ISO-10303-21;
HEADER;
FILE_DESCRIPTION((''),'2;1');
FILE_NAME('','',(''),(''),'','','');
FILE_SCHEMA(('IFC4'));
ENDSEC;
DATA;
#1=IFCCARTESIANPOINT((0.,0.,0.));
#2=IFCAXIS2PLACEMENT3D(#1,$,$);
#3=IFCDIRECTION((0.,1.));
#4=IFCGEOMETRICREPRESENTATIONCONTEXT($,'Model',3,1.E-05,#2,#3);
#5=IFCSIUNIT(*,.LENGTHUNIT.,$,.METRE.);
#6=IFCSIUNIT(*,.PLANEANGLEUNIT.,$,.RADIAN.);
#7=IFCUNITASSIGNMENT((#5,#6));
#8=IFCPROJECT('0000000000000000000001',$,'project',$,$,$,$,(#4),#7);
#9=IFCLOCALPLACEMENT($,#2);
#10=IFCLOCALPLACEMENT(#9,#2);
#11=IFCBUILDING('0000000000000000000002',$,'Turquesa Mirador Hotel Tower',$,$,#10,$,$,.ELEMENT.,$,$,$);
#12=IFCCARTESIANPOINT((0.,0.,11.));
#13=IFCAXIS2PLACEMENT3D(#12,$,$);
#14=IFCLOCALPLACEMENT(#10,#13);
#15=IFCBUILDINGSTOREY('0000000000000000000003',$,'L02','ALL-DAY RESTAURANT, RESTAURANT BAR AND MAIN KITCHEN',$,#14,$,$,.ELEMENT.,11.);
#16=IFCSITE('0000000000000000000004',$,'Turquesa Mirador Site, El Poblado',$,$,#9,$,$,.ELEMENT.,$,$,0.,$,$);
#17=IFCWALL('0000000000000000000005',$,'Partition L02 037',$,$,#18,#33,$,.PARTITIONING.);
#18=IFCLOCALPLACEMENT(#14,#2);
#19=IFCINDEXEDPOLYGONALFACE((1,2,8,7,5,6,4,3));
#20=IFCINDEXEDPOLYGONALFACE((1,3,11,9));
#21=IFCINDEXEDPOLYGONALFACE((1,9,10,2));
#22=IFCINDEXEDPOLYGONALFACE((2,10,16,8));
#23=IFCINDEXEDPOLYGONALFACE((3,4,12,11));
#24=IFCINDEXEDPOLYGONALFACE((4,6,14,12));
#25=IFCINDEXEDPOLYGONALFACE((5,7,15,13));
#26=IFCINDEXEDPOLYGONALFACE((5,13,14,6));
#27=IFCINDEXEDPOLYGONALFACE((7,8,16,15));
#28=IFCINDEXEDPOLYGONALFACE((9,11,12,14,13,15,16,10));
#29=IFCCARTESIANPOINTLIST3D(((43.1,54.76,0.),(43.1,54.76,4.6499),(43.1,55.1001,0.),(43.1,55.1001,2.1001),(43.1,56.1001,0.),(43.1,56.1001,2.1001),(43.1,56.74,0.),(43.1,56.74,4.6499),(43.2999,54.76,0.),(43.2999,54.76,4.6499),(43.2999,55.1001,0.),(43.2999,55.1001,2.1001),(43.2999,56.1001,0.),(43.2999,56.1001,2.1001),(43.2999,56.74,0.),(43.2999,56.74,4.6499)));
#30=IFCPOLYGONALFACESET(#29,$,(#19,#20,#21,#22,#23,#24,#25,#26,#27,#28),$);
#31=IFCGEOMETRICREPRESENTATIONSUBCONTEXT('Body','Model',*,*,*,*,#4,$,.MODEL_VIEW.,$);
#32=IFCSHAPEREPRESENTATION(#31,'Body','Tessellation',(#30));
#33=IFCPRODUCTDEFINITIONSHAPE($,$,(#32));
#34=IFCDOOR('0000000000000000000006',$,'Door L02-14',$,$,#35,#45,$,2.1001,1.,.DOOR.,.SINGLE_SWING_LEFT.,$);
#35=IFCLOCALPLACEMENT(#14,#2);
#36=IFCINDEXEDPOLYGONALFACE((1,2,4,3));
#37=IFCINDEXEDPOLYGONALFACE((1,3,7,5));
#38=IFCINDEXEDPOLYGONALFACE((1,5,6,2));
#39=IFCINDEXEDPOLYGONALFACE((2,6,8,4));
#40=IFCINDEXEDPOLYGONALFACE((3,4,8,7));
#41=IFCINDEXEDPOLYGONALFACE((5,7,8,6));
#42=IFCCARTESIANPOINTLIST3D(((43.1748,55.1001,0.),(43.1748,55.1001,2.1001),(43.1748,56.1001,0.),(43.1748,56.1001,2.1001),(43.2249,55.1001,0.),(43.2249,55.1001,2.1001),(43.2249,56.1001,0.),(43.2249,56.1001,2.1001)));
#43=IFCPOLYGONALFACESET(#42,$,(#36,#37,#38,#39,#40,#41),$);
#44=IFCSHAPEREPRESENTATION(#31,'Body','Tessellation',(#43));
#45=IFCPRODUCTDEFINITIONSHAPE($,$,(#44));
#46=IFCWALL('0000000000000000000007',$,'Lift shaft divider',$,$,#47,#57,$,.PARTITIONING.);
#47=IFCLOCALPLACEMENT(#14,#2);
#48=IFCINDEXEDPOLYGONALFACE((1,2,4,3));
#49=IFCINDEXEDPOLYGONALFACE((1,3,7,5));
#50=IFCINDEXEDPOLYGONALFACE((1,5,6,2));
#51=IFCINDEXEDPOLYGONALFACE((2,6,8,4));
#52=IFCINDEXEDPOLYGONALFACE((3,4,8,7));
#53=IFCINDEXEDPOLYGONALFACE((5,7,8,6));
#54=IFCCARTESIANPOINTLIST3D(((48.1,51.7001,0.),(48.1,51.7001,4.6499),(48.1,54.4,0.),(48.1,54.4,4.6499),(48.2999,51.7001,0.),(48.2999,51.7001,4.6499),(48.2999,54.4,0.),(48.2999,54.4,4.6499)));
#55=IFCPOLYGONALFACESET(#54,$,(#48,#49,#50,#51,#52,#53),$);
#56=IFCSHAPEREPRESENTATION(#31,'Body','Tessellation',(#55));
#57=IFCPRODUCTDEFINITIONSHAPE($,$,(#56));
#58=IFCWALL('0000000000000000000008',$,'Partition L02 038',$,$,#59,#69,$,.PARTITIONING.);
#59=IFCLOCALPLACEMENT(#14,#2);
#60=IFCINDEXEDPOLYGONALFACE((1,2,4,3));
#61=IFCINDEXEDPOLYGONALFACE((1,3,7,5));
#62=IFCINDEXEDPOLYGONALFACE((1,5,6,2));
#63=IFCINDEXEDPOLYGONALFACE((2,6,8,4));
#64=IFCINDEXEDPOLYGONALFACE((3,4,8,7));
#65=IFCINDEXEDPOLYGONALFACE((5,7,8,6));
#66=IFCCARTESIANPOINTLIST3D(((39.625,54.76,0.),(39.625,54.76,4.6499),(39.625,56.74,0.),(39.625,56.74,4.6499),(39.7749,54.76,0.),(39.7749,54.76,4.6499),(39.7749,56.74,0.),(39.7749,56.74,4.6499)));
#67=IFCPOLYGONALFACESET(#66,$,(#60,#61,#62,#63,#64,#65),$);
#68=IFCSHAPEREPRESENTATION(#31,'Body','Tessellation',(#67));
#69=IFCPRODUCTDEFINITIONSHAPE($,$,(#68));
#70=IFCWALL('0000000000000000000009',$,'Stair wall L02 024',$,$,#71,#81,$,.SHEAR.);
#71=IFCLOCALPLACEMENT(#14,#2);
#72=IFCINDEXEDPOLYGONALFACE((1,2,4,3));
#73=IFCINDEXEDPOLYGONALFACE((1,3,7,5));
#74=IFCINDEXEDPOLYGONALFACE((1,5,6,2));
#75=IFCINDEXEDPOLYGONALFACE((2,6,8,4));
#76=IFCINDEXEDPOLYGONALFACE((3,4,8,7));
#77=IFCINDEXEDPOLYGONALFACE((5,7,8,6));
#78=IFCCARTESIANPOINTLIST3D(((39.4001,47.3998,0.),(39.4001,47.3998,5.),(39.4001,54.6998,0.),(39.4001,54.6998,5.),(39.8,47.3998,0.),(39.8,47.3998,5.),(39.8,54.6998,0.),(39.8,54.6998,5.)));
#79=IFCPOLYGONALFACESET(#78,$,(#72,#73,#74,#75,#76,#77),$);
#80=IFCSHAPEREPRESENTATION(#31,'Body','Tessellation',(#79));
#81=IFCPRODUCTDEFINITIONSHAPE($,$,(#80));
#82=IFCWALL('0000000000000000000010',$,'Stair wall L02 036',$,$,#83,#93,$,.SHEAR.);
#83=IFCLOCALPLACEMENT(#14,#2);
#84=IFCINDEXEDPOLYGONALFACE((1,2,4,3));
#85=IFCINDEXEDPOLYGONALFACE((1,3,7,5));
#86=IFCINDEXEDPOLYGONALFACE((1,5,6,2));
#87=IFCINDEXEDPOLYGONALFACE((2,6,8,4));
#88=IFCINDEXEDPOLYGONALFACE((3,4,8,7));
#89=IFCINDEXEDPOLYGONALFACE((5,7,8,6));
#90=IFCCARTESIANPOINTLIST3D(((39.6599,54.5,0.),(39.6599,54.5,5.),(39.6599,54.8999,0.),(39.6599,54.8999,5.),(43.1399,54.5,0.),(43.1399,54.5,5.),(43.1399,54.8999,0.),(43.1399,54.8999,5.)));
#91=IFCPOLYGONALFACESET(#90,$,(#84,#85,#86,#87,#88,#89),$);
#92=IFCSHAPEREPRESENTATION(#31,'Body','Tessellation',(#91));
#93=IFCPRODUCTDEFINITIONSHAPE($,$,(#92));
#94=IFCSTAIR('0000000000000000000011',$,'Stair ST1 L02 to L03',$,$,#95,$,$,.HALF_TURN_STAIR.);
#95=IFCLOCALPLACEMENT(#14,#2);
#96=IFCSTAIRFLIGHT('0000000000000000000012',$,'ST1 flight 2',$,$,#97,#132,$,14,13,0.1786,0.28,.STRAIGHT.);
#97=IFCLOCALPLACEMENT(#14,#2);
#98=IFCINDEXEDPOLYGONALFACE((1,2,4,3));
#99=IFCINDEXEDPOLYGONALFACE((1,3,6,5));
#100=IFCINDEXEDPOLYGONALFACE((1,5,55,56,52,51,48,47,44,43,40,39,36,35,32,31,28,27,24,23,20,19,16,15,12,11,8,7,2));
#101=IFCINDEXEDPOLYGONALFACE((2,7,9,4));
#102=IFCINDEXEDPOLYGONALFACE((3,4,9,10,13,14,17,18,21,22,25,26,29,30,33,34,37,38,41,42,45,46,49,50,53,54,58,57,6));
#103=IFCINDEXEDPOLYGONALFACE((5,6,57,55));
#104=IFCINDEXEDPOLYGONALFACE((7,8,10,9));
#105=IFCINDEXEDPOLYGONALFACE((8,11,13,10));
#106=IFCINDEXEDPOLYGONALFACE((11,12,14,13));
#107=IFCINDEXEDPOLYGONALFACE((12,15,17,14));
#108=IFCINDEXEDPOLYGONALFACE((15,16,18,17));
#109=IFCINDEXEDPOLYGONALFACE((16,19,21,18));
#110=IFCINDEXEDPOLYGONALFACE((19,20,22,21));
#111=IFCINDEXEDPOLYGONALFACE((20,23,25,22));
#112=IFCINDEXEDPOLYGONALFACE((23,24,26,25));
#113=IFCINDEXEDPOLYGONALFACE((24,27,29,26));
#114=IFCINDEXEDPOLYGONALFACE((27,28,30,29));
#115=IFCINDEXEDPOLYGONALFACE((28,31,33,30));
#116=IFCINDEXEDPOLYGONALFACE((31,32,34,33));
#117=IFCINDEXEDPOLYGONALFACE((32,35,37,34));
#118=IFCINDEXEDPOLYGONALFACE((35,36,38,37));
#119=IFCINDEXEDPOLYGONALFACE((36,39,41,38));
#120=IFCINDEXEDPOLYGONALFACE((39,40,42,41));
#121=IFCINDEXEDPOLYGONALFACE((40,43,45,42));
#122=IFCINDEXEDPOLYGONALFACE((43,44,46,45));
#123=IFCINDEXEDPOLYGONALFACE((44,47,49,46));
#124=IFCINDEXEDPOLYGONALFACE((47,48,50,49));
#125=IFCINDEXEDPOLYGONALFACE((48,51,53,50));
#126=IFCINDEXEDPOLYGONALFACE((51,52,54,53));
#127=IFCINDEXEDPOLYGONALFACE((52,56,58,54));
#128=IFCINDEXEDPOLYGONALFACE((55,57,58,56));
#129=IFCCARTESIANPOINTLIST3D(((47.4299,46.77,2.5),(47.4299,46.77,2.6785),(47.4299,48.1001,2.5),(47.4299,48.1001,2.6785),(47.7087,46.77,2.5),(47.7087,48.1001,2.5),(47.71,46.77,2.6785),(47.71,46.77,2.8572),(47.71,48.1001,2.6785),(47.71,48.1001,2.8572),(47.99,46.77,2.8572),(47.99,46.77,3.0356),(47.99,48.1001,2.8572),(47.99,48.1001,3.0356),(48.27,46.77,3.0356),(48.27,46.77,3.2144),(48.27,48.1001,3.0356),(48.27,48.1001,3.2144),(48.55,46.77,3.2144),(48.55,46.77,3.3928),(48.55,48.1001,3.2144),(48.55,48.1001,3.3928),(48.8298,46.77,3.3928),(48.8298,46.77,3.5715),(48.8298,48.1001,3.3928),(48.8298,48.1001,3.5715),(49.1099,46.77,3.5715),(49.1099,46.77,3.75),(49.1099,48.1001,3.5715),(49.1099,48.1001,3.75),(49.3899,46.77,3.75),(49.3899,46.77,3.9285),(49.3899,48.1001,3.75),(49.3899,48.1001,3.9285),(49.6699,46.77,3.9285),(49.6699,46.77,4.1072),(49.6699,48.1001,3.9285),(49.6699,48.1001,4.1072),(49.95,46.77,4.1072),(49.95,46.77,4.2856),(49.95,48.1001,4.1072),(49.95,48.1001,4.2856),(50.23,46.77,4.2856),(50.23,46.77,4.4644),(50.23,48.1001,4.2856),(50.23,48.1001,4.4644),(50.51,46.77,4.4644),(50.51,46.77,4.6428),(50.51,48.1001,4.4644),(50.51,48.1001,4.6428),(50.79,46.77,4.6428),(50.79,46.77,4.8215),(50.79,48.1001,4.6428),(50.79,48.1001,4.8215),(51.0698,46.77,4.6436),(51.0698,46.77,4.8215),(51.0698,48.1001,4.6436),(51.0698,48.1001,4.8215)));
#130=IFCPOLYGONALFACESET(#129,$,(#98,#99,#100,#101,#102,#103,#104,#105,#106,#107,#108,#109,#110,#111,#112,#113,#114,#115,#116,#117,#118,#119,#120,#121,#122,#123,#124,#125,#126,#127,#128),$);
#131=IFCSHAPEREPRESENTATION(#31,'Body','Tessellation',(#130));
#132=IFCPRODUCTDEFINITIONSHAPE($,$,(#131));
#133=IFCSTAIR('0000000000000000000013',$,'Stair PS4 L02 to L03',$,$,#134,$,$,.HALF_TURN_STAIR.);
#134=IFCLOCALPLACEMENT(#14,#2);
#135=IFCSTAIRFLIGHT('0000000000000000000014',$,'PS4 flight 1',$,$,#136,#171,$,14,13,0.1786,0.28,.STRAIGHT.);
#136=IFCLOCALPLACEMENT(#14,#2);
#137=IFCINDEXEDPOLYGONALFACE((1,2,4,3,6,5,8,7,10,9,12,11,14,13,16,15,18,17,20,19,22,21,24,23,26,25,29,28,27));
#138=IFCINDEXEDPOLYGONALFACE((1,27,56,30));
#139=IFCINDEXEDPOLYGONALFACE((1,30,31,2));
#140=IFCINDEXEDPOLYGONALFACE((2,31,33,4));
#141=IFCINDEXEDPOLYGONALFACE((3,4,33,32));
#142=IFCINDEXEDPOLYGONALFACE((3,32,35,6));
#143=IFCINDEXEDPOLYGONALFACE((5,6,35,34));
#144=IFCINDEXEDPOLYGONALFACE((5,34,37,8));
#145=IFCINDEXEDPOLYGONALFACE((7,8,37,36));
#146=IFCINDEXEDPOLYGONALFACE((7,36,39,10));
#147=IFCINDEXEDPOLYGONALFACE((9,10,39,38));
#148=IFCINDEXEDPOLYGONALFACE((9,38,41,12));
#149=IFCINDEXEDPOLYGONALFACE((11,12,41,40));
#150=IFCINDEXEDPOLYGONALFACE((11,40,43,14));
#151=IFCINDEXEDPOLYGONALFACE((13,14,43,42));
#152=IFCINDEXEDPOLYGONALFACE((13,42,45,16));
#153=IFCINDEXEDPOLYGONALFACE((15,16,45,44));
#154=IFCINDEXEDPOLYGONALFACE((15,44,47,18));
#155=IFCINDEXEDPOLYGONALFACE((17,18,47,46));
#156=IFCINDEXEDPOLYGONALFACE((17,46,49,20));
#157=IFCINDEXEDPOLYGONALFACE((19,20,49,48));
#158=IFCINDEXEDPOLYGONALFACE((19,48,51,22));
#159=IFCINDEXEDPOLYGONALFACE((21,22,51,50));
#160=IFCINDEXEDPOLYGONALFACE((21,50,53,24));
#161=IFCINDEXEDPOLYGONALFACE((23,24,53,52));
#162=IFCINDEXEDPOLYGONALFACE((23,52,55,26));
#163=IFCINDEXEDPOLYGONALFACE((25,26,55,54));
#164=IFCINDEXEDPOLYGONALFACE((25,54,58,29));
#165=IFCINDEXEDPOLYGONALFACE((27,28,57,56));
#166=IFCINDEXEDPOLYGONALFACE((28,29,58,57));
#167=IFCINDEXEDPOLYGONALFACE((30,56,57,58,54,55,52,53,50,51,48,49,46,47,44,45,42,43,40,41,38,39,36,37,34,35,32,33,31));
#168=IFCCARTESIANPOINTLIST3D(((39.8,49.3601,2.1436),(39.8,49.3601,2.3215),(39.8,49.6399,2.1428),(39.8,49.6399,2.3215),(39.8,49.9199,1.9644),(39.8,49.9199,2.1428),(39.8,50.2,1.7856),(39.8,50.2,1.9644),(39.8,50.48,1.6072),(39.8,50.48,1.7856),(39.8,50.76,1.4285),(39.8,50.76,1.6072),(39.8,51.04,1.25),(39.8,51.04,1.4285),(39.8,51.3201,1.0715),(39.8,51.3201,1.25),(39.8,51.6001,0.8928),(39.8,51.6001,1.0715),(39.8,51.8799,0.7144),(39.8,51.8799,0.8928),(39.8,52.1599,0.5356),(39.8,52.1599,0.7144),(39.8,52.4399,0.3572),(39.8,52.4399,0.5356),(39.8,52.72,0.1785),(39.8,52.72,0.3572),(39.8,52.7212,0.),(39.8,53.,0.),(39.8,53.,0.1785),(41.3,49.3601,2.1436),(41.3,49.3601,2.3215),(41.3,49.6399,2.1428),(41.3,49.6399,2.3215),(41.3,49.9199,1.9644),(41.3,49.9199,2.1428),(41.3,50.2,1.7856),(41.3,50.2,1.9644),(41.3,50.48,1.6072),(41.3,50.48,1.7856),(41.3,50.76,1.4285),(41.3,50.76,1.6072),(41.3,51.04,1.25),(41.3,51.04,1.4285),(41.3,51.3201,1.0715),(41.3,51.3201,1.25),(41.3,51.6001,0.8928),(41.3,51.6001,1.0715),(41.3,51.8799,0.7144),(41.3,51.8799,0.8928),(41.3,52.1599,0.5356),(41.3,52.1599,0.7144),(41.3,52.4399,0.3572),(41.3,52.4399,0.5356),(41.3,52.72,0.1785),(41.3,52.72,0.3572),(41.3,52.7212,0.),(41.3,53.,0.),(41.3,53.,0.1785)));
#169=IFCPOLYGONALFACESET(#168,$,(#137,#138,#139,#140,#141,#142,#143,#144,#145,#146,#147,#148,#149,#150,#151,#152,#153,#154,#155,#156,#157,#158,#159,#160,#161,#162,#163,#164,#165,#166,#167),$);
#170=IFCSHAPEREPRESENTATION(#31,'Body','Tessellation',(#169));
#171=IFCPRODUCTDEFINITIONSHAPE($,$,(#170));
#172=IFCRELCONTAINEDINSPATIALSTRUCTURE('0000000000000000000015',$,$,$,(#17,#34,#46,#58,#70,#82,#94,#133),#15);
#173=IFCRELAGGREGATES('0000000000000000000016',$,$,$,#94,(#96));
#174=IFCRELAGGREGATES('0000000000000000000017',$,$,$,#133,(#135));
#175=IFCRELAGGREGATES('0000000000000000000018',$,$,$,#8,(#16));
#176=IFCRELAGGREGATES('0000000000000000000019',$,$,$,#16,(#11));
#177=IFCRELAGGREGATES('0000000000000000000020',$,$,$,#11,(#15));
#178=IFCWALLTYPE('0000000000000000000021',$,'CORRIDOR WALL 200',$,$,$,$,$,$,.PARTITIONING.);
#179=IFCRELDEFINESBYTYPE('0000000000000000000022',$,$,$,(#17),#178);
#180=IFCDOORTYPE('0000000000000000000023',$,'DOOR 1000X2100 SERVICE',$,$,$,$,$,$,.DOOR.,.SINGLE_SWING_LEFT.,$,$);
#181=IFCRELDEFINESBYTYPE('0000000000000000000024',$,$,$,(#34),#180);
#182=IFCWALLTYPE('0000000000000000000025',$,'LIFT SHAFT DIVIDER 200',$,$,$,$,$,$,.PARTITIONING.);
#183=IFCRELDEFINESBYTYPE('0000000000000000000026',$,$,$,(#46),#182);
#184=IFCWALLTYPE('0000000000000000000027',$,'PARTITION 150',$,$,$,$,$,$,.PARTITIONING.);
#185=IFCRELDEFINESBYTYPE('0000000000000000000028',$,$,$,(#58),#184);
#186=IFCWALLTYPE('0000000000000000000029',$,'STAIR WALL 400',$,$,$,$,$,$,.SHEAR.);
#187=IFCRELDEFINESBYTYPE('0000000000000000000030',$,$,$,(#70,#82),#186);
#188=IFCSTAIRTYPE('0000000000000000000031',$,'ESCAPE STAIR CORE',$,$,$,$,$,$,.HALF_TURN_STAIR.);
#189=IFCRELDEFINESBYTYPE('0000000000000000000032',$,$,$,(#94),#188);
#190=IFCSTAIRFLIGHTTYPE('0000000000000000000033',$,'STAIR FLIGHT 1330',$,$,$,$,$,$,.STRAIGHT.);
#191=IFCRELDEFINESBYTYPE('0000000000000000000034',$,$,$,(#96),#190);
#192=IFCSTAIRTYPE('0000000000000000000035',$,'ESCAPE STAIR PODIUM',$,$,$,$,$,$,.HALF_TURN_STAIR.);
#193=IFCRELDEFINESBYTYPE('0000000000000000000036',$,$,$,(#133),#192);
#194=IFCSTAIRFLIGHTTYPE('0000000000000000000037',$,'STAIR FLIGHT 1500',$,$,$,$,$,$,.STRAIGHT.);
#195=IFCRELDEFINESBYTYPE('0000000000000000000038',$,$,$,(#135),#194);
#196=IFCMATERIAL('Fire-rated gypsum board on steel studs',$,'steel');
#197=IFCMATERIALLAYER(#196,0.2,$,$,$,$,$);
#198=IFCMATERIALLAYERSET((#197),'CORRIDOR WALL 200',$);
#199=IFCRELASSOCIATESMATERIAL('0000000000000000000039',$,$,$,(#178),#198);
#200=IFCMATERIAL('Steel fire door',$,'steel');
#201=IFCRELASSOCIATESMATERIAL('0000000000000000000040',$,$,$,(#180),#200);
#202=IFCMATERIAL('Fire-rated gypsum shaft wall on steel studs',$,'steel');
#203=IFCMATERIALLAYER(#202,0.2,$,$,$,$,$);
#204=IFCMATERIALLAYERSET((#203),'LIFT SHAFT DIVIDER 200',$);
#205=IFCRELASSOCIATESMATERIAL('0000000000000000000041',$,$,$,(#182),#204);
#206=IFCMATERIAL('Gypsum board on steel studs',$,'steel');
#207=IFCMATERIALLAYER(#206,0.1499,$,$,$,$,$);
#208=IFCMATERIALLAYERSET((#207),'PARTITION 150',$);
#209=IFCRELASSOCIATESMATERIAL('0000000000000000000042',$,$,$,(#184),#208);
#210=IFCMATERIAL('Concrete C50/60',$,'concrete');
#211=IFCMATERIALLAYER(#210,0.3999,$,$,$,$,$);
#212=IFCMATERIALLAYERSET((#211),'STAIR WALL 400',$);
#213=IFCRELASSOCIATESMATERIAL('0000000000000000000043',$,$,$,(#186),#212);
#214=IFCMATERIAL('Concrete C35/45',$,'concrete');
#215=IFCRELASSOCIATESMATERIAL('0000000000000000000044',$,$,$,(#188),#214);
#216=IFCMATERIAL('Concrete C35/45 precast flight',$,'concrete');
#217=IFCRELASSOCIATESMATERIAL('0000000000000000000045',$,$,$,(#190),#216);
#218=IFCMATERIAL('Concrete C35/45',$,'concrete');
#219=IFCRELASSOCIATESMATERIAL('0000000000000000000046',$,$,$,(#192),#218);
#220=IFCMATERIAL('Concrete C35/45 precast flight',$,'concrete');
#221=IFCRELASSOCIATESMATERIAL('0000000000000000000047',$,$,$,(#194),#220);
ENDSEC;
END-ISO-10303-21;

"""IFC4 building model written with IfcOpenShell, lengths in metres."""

from ifc_helpers import new_model, si_unit, direction, frame, frame_2d, origin, place, context, subcontext, project, spatial, polyline, rectangle, outline, extrude, material, layer, layer_set, type_object, element, fill, aggregate, save


model = new_model("IFC4")

# Units and contexts
model_context = context("Model", 3, precision=1e-05, world=origin(), true_north=direction((0.0, 1.0)))
body_context = subcontext(model_context, "Body", "Model", "MODEL_VIEW")
ifc_project = project(units=[si_unit("LENGTHUNIT", "METRE"), si_unit("PLANEANGLEUNIT", "RADIAN")], contexts=[model_context])

# Site, building, storey
site_placement = place(None, origin())
site = spatial("IfcSite", under=ifc_project, at=site_placement, Name="Turquesa Mirador Site, El Poblado", CompositionType="ELEMENT", RefElevation=0.0)
building_placement = place(site_placement, origin())
building = spatial("IfcBuilding", under=site, at=building_placement, Name="Turquesa Mirador Hotel Tower", CompositionType="ELEMENT")
storey_placement = place(building_placement, frame((0.0, 0.0, 11.0)))
storey = spatial("IfcBuildingStorey", under=building, at=storey_placement, Name="L02", Description="ALL-DAY RESTAURANT, RESTAURANT BAR AND MAIN KITCHEN", CompositionType="ELEMENT", Elevation=11.0)

# Wall, opening, door
ifc_material_1 = material(Name="Fire-rated gypsum board on steel studs", Category="steel")
ifc_layer_1 = layer(ifc_material_1, 0.2)
ifc_layer_set_1 = layer_set([ifc_layer_1], Name="CORRIDOR WALL 200")
wall_type_1 = type_object("IfcWallType", Name="CORRIDOR WALL 200", PredefinedType="PARTITIONING", material=ifc_layer_set_1)
wall_1_placement = place(storey_placement, frame((43.2, 56.74, 0.0), z_axis=(0.0, 0.0, 1.0), x_axis=(0.0, -1.0, 0.0)))
wall_1 = element("IfcWall", 1, at=wall_1_placement, inside=storey, type_object=wall_type_1, Name="Partition L02 037", PredefinedType="PARTITIONING", context=body_context, shape_type="SweptSolid", body=[
    extrude(rectangle(XDim=1.98, YDim=0.2, at=frame_2d((0.99, 0.0))), origin(), (0.0, 0.0, 1.0), 4.6499),
])
opening_1_placement = place(wall_1_placement, frame((0.6399, 0.0, 0.0)))
opening_1 = element("IfcOpeningElement", 2, at=opening_1_placement, cuts=wall_1, PredefinedType="OPENING", context=body_context, shape_type="SweptSolid", body=[
    extrude(rectangle(XDim=1.0, YDim=2.1001, at=frame_2d((0.5, 1.05))), frame((0.0, 0.1099, 0.0), z_axis=(0.0, -1.0, 0.0), x_axis=(1.0, 0.0, 0.0)), (0.0, 0.0, 1.0), 0.22),
])
ifc_material_2 = material(Name="Steel fire door", Category="steel")
door_type_1 = type_object("IfcDoorType", Name="DOOR 1000X2100 SERVICE", OperationType="SINGLE_SWING_LEFT", PredefinedType="DOOR", material=ifc_material_2)
door_1_placement = place(opening_1_placement, origin())
door_1 = element("IfcDoor", 3, at=door_1_placement, inside=storey, type_object=door_type_1, Name="Door L02-14", OperationType="SINGLE_SWING_LEFT", OverallHeight=2.1001, OverallWidth=1.0, PredefinedType="DOOR", context=body_context, shape_type="SweptSolid", body=[
    extrude(rectangle(XDim=1.0, YDim=2.1001, at=frame_2d((0.5, 1.05))), frame((0.0, 0.0249, 0.0), z_axis=(0.0, -1.0, 0.0), x_axis=(1.0, 0.0, 0.0)), (0.0, 0.0, 1.0), 0.05),
])
fill(opening_1, door_1)

# Walls
ifc_material_3 = material(Name="Fire-rated gypsum shaft wall on steel studs", Category="steel")
ifc_layer_2 = layer(ifc_material_3, 0.2)
ifc_layer_set_2 = layer_set([ifc_layer_2], Name="LIFT SHAFT DIVIDER 200")
wall_type_2 = type_object("IfcWallType", Name="LIFT SHAFT DIVIDER 200", PredefinedType="PARTITIONING", material=ifc_layer_set_2)
wall_2_placement = place(storey_placement, frame((48.2, 51.7, 0.0), z_axis=(0.0, 0.0, 1.0), x_axis=(0.0, 1.0, 0.0)))
element("IfcWall", 4, at=wall_2_placement, inside=storey, type_object=wall_type_2, Name="Lift shaft divider", PredefinedType="PARTITIONING", context=body_context, shape_type="SweptSolid", body=[
    extrude(rectangle(XDim=2.7, YDim=0.2, at=frame_2d((1.3501, 0.0))), origin(), (0.0, 0.0, 1.0), 4.6499),
])
ifc_material_4 = material(Name="Gypsum board on steel studs", Category="steel")
ifc_layer_3 = layer(ifc_material_4, 0.1499)
ifc_layer_set_3 = layer_set([ifc_layer_3], Name="PARTITION 150")
wall_type_3 = type_object("IfcWallType", Name="PARTITION 150", PredefinedType="PARTITIONING", material=ifc_layer_set_3)
wall_3_placement = place(storey_placement, frame((39.7, 54.76, 0.0), z_axis=(0.0, 0.0, 1.0), x_axis=(0.0, 1.0, 0.0)))
element("IfcWall", 5, at=wall_3_placement, inside=storey, type_object=wall_type_3, Name="Partition L02 038", PredefinedType="PARTITIONING", context=body_context, shape_type="SweptSolid", body=[
    extrude(rectangle(XDim=1.98, YDim=0.1499, at=frame_2d((0.99, 0.0))), origin(), (0.0, 0.0, 1.0), 4.6499),
])
ifc_material_5 = material(Name="Concrete C50/60", Category="concrete")
ifc_layer_4 = layer(ifc_material_5, 0.3999)
ifc_layer_set_4 = layer_set([ifc_layer_4], Name="STAIR WALL 400")
wall_type_4 = type_object("IfcWallType", Name="STAIR WALL 400", PredefinedType="SHEAR", material=ifc_layer_set_4)
wall_4_placement = place(storey_placement, frame((39.6001, 47.3999, 0.0), z_axis=(0.0, 0.0, 1.0), x_axis=(0.0, 1.0, 0.0)))
element("IfcWall", 6, at=wall_4_placement, inside=storey, type_object=wall_type_4, Name="Stair wall L02 024", PredefinedType="SHEAR", context=body_context, shape_type="SweptSolid", body=[
    extrude(rectangle(XDim=7.3, YDim=0.3999, at=frame_2d((3.6499, 0.0))), origin(), (0.0, 0.0, 1.0), 5.0),
])
wall_5_placement = place(storey_placement, frame((43.1399, 54.7, 0.0), z_axis=(0.0, 0.0, 1.0), x_axis=(-1.0, 0.0, 0.0)))
element("IfcWall", 7, at=wall_5_placement, inside=storey, type_object=wall_type_4, Name="Stair wall L02 036", PredefinedType="SHEAR", context=body_context, shape_type="SweptSolid", body=[
    extrude(rectangle(XDim=3.48, YDim=0.3999, at=frame_2d((1.74, 0.0))), origin(), (0.0, 0.0, 1.0), 5.0),
])

# Stair, stair flight
ifc_material_6 = material(Name="Concrete C35/45", Category="concrete")
stair_type_1 = type_object("IfcStairType", Name="ESCAPE STAIR CORE", PredefinedType="HALF_TURN_STAIR", material=ifc_material_6)
stair_1_placement = place(storey_placement, origin())
stair_1 = element("IfcStair", 8, at=stair_1_placement, inside=storey, type_object=stair_type_1, Name="Stair ST1 L02 to L03", PredefinedType="HALF_TURN_STAIR")
ifc_material_7 = material(Name="Concrete C35/45 precast flight", Category="concrete")
stair_flight_type_1 = type_object("IfcStairFlightType", Name="STAIR FLIGHT 1330", PredefinedType="STRAIGHT", material=ifc_material_7)
stair_flight_1_placement = place(storey_placement, frame((47.4299, 47.4351, 2.5), z_axis=(0.0, 0.0, 1.0), x_axis=(1.0, 0.0, 0.0)))
stair_flight_1 = element("IfcStairFlight", 9, at=stair_flight_1_placement, type_object=stair_flight_type_1, Name="ST1 flight 2", NumberOfRisers=14, NumberOfTreads=13, PredefinedType="STRAIGHT", RiserHeight=0.1786, TreadLength=0.28, context=body_context, shape_type="SweptSolid", body=[
    extrude(outline(polyline([(0.0, 0.0), (0.0, 0.1785), (0.28, 0.1785), (0.28, 0.3572), (0.5601, 0.3572), (0.5601, 0.5356), (0.8401, 0.5356), (0.8401, 0.7144), (1.1201, 0.7144), (1.1201, 0.8928), (1.3999, 0.8928), (1.3999, 1.0715), (1.6799, 1.0715), (1.6799, 1.25), (1.96, 1.25), (1.96, 1.4285), (2.24, 1.4285), (2.24, 1.6072), (2.52, 1.6072), (2.52, 1.7856), (2.8, 1.7856), (2.8, 1.9644), (3.0801, 1.9644), (3.0801, 2.1428), (3.3601, 2.1428), (3.3601, 2.3215), (3.6399, 2.3215), (3.6399, 2.5), (3.6399, 2.1436), (0.2788, 0.0), (0.0, 0.0)])), frame((0.0, 0.665, 0.0), z_axis=(0.0, -1.0, 0.0), x_axis=(1.0, 0.0, 0.0)), (0.0, 0.0, 1.0), 1.3301),
])
aggregate(stair_1, [stair_flight_1])

# Stair, stair flight
ifc_material_8 = material(Name="Concrete C35/45", Category="concrete")
stair_type_2 = type_object("IfcStairType", Name="ESCAPE STAIR PODIUM", PredefinedType="HALF_TURN_STAIR", material=ifc_material_8)
stair_2_placement = place(storey_placement, origin())
stair_2 = element("IfcStair", 10, at=stair_2_placement, inside=storey, type_object=stair_type_2, Name="Stair PS4 L02 to L03", PredefinedType="HALF_TURN_STAIR")
ifc_material_9 = material(Name="Concrete C35/45 precast flight", Category="concrete")
stair_flight_type_2 = type_object("IfcStairFlightType", Name="STAIR FLIGHT 1500", PredefinedType="STRAIGHT", material=ifc_material_9)
stair_flight_2_placement = place(storey_placement, frame((40.55, 53.0, 0.0), z_axis=(0.0, 0.0, 1.0), x_axis=(0.0, -1.0, 0.0)))
stair_flight_2 = element("IfcStairFlight", 11, at=stair_flight_2_placement, type_object=stair_flight_type_2, Name="PS4 flight 1", NumberOfRisers=14, NumberOfTreads=13, PredefinedType="STRAIGHT", RiserHeight=0.1786, TreadLength=0.28, context=body_context, shape_type="SweptSolid", body=[
    extrude(outline(polyline([(0.0, 0.0), (0.0, 0.1785), (0.28, 0.1785), (0.28, 0.3572), (0.5601, 0.3572), (0.5601, 0.5356), (0.8401, 0.5356), (0.8401, 0.7144), (1.1201, 0.7144), (1.1201, 0.8928), (1.3999, 0.8928), (1.3999, 1.0715), (1.6799, 1.0715), (1.6799, 1.25), (1.96, 1.25), (1.96, 1.4285), (2.24, 1.4285), (2.24, 1.6072), (2.52, 1.6072), (2.52, 1.7856), (2.8, 1.7856), (2.8, 1.9644), (3.0801, 1.9644), (3.0801, 2.1428), (3.3601, 2.1428), (3.3601, 2.3215), (3.6399, 2.3215), (3.6399, 2.5), (3.6399, 2.1436), (0.2788, 0.0), (0.0, 0.0)])), frame((0.0, 0.75, 0.0), z_axis=(0.0, -1.0, 0.0), x_axis=(1.0, 0.0, 0.0)), (0.0, 0.0, 1.0), 1.5),
])
aggregate(stair_2, [stair_flight_2])

save(model, "model.ifc")
